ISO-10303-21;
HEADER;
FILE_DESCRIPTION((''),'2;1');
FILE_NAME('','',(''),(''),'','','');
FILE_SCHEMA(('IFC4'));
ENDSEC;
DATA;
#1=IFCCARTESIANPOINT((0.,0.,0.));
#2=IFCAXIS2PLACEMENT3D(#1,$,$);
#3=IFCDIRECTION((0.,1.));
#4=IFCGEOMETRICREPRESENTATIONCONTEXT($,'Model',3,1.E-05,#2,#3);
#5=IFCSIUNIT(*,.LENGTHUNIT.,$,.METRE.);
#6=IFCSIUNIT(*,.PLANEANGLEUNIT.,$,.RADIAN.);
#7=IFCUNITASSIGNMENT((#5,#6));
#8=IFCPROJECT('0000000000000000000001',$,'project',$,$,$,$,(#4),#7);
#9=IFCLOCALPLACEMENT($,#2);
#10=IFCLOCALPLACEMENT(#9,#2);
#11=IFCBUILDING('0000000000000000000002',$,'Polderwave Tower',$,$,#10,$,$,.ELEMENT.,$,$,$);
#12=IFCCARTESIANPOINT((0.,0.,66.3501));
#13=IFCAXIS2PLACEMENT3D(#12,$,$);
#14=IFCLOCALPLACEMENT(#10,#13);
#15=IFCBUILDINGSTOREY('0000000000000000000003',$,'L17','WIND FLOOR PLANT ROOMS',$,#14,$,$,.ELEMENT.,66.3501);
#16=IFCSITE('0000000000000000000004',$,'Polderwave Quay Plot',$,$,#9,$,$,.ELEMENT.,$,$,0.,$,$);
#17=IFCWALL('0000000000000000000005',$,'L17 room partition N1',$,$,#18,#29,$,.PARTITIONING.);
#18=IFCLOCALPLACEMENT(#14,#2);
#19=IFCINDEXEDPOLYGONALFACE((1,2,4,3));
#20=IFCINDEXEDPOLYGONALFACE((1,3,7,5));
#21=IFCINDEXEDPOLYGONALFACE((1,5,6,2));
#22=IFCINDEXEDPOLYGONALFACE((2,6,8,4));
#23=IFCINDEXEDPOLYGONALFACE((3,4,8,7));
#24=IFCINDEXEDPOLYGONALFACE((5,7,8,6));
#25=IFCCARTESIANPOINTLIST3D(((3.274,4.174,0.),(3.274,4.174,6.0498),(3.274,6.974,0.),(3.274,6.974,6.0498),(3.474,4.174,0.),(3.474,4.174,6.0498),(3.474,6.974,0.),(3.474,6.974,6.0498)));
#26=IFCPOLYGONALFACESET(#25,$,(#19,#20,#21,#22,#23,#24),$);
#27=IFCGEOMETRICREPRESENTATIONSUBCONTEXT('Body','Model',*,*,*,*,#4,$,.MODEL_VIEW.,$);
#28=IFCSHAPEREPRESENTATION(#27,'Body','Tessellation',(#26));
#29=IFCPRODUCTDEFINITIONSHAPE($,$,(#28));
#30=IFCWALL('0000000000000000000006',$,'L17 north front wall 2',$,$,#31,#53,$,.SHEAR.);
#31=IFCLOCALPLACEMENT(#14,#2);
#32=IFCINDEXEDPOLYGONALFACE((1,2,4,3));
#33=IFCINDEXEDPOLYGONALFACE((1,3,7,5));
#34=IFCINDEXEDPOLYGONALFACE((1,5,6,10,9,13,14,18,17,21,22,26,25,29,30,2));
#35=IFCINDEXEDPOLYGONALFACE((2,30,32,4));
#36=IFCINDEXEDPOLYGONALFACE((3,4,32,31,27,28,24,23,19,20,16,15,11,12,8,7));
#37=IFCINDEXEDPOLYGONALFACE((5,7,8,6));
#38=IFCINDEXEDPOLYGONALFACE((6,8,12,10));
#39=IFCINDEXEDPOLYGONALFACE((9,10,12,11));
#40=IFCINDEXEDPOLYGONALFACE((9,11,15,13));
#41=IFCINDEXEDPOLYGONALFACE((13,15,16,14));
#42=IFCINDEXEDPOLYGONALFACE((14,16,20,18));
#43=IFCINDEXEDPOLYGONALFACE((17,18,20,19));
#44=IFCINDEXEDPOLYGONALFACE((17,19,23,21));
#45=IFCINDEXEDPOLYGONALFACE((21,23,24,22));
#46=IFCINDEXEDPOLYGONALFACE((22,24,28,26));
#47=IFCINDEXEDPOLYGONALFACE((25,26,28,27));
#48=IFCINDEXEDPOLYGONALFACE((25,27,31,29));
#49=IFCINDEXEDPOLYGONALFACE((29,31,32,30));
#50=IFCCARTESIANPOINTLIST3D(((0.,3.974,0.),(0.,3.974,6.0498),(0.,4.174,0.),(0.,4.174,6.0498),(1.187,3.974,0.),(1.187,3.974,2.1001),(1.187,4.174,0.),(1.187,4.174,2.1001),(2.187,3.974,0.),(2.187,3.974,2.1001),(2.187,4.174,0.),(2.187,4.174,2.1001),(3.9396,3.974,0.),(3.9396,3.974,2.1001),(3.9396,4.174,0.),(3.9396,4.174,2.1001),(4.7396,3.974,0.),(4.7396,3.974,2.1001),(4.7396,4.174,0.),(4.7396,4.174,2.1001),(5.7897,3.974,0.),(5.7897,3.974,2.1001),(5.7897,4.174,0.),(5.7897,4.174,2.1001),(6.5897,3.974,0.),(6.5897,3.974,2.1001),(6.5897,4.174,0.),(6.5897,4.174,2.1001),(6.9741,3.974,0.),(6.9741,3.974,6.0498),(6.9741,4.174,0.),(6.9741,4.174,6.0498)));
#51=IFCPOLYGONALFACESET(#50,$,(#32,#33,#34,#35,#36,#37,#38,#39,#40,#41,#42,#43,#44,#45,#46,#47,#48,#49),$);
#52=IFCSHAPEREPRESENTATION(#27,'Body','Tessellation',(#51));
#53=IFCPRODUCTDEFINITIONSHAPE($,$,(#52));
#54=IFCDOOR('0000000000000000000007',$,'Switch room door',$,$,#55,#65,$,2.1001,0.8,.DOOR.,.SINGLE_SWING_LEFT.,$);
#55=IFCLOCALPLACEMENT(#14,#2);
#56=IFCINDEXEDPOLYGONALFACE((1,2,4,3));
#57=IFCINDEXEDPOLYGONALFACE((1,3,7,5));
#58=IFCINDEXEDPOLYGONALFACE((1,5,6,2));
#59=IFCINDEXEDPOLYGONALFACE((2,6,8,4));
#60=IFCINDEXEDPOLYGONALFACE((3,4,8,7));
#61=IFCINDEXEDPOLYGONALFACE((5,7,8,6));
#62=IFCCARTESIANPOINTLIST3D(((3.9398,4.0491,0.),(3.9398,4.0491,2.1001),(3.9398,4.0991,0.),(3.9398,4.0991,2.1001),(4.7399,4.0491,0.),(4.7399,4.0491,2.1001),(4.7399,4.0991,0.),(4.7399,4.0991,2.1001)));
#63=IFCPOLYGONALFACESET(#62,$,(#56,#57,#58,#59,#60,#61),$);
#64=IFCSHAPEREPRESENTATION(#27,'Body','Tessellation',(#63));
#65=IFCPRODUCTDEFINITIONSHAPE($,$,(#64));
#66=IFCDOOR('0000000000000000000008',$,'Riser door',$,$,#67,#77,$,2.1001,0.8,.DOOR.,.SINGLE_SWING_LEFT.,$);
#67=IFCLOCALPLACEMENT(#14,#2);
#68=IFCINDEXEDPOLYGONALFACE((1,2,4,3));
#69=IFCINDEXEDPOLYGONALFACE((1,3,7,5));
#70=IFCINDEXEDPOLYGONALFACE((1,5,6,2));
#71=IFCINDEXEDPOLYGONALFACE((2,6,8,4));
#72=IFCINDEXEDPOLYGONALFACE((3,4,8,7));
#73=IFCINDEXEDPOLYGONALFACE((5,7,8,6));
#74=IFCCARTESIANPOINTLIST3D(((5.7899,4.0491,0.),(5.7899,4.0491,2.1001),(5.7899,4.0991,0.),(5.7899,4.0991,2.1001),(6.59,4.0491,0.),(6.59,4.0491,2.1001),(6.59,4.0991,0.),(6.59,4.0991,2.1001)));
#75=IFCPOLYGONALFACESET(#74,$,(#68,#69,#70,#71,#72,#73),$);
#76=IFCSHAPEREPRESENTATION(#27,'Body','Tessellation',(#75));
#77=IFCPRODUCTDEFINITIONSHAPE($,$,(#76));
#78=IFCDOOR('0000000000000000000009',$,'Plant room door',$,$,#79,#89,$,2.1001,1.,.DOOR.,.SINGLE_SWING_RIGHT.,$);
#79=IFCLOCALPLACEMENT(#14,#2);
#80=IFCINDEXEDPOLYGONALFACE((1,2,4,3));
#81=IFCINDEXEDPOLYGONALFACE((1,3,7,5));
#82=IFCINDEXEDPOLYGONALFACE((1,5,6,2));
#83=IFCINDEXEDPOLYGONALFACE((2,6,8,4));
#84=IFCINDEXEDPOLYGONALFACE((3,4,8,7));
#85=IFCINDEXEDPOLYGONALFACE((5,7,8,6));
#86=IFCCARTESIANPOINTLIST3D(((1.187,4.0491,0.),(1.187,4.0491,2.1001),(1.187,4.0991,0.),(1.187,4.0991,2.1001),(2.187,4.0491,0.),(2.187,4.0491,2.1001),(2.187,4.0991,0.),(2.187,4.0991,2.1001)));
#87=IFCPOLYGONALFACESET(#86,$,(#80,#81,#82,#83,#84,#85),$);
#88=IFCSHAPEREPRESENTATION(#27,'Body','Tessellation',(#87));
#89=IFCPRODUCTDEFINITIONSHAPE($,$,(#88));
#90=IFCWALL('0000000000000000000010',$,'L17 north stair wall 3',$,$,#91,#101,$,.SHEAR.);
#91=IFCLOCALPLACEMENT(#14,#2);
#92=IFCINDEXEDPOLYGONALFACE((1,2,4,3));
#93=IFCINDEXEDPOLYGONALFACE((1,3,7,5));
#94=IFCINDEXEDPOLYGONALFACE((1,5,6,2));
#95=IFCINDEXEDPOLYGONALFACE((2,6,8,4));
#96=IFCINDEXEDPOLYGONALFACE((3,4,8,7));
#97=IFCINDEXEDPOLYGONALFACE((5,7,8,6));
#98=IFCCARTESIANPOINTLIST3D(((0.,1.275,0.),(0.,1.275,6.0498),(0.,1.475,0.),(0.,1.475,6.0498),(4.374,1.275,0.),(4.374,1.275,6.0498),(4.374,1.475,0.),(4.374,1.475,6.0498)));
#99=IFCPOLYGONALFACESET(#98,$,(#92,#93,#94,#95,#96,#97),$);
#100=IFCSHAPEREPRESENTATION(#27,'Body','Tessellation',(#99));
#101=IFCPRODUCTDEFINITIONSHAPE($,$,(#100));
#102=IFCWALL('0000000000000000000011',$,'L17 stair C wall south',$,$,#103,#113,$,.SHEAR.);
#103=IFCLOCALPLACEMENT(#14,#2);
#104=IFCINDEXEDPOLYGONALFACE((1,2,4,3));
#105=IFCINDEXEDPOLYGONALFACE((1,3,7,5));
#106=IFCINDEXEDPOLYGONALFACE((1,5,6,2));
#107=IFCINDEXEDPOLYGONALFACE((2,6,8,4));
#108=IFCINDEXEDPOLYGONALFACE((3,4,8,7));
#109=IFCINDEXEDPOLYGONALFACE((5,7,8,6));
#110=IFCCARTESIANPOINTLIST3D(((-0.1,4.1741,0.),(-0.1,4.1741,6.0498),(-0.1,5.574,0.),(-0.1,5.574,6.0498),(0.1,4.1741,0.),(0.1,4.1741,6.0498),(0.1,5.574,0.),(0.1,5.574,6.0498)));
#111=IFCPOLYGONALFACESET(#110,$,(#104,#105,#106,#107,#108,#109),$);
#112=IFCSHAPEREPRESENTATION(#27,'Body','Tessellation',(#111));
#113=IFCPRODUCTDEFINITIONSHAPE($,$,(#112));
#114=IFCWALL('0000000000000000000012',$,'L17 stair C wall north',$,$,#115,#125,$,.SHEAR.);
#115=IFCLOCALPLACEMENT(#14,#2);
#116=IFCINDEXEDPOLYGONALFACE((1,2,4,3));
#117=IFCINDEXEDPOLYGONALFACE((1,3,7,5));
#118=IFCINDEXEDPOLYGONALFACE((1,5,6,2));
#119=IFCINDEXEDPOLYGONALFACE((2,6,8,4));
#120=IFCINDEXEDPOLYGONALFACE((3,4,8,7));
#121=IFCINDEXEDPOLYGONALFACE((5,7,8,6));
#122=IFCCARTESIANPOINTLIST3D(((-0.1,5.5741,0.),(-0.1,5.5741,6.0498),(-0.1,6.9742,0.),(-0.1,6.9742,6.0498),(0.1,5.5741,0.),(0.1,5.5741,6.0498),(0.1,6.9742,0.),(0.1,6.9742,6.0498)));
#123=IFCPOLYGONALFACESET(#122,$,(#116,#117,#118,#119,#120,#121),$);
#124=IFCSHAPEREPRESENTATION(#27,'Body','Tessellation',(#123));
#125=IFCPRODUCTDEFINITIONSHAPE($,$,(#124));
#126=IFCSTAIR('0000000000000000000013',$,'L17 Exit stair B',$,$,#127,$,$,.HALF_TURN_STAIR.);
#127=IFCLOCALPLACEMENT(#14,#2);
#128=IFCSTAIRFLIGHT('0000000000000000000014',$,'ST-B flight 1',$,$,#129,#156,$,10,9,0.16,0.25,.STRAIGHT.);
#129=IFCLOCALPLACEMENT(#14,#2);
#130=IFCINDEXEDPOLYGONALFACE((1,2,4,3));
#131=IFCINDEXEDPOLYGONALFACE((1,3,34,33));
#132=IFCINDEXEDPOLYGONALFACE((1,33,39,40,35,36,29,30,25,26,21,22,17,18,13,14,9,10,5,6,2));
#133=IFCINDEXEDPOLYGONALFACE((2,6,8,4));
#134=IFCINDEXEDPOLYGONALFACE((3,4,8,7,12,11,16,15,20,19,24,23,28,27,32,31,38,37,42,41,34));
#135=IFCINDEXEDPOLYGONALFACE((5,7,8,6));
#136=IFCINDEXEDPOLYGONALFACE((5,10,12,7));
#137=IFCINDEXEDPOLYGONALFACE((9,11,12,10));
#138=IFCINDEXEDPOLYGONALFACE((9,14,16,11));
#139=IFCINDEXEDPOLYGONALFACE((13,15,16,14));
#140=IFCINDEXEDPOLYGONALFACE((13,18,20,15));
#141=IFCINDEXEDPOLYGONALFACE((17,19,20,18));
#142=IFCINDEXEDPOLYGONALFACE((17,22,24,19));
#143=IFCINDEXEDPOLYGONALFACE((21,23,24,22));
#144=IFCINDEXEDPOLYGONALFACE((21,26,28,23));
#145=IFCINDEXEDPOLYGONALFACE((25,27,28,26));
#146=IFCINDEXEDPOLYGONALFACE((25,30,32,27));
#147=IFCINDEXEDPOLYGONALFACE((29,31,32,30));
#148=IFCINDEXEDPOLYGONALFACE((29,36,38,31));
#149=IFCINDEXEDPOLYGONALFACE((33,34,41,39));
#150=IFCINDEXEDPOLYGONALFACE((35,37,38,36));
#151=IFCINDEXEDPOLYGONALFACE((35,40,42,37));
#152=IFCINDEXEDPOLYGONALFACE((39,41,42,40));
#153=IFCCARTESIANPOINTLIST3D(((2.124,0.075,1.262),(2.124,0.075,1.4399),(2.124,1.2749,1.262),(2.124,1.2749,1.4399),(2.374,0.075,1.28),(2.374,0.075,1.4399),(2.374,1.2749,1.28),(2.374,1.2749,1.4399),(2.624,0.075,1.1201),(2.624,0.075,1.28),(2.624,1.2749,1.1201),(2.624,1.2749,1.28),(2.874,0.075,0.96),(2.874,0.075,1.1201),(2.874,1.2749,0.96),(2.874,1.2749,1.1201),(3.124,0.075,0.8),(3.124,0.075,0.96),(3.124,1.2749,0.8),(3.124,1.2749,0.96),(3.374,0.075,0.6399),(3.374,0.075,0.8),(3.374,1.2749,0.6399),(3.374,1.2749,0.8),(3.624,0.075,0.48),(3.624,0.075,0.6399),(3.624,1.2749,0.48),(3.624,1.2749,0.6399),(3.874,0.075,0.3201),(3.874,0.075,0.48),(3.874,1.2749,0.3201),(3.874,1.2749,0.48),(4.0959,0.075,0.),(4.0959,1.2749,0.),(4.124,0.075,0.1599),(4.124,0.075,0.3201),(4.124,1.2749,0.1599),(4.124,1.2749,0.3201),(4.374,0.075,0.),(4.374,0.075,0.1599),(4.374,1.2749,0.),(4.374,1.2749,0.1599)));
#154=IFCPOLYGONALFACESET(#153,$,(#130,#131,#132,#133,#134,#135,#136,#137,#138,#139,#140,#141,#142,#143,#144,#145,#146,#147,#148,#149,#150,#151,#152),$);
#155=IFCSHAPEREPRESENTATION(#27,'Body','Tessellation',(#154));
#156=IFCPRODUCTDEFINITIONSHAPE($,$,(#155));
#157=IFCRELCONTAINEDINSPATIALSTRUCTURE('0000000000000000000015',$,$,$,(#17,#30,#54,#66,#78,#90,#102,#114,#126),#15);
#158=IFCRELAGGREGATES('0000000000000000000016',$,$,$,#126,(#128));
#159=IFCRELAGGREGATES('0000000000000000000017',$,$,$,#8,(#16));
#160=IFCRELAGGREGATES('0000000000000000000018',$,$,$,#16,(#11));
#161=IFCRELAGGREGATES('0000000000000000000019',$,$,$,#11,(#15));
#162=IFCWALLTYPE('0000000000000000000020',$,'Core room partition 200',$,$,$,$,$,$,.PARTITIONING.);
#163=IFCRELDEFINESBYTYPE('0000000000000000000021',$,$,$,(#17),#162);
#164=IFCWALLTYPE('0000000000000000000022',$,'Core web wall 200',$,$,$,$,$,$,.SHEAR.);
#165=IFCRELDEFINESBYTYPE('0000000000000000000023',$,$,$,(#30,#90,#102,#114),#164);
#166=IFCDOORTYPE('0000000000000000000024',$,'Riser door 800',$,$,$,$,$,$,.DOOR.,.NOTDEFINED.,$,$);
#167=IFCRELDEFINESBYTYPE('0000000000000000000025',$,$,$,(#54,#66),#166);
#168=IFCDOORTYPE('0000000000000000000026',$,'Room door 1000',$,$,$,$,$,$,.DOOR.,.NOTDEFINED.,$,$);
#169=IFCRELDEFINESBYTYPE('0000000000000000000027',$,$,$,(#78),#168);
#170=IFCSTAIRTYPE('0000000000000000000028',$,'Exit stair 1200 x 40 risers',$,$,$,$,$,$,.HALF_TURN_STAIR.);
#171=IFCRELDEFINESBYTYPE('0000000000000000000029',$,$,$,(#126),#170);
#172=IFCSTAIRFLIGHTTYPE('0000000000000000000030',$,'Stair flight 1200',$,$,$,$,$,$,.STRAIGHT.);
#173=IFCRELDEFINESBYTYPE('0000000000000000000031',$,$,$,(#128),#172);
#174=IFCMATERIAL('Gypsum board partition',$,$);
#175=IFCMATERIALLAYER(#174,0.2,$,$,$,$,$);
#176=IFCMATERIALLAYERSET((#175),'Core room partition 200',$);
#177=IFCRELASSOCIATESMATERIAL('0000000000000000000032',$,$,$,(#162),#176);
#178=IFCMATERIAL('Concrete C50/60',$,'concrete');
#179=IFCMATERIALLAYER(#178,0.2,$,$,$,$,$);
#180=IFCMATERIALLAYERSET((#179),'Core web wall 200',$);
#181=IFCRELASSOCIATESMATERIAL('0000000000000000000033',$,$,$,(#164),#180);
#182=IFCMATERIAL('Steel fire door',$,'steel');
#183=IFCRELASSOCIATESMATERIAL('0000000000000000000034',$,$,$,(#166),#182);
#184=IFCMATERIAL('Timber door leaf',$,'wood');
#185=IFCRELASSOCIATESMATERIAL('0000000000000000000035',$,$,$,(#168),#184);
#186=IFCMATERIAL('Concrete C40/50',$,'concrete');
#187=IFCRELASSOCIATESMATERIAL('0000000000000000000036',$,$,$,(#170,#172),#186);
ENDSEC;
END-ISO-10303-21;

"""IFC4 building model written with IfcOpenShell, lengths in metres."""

from ifc_helpers import new_model, si_unit, direction, frame, frame_2d, origin, place, context, subcontext, project, spatial, polyline, rectangle, outline, extrude, material, layer, layer_set, type_object, element, fill, aggregate, save


model = new_model("IFC4")

# Units and contexts
model_context = context("Model", 3, precision=1e-05, world=origin(), true_north=direction((0.0, 1.0)))
body_context = subcontext(model_context, "Body", "Model", "MODEL_VIEW")
ifc_project = project(units=[si_unit("LENGTHUNIT", "METRE"), si_unit("PLANEANGLEUNIT", "RADIAN")], contexts=[model_context])

# Site, building, storey
site_placement = place(None, origin())
site = spatial("IfcSite", under=ifc_project, at=site_placement, Name="Polderwave Quay Plot", CompositionType="ELEMENT", RefElevation=0.0)
building_placement = place(site_placement, origin())
building = spatial("IfcBuilding", under=site, at=building_placement, Name="Polderwave Tower", CompositionType="ELEMENT")
storey_placement = place(building_placement, frame((0.0, 0.0, 66.3501)))
storey = spatial("IfcBuildingStorey", under=building, at=storey_placement, Name="L17", Description="WIND FLOOR PLANT ROOMS", CompositionType="ELEMENT", Elevation=66.3501)

# Wall
ifc_material_1 = material(Name="Gypsum board partition")
ifc_layer_1 = layer(ifc_material_1, 0.2)
ifc_layer_set_1 = layer_set([ifc_layer_1], Name="Core room partition 200")
wall_type_1 = type_object("IfcWallType", Name="Core room partition 200", PredefinedType="PARTITIONING", material=ifc_layer_set_1)
wall_1_placement = place(storey_placement, frame((3.374, 4.1741, 0.0), z_axis=(0.0, 0.0, 1.0), x_axis=(0.0, 1.0, 0.0)))
element("IfcWall", 1, at=wall_1_placement, inside=storey, type_object=wall_type_1, Name="L17 room partition N1", PredefinedType="PARTITIONING", context=body_context, shape_type="SweptSolid", body=[
    extrude(rectangle(XDim=2.8, YDim=0.2, at=frame_2d((1.3999, 0.0))), origin(), (0.0, 0.0, 1.0), 6.0498),
])

# Wall, openings, doors
ifc_material_2 = material(Name="Concrete C50/60", Category="concrete")
ifc_layer_2 = layer(ifc_material_2, 0.2)
ifc_layer_set_2 = layer_set([ifc_layer_2], Name="Core web wall 200")
wall_type_2 = type_object("IfcWallType", Name="Core web wall 200", PredefinedType="SHEAR", material=ifc_layer_set_2)
wall_2_placement = place(storey_placement, frame((0.0, 4.074, 0.0), z_axis=(0.0, 0.0, 1.0), x_axis=(1.0, 0.0, 0.0)))
wall_2 = element("IfcWall", 2, at=wall_2_placement, inside=storey, type_object=wall_type_2, Name="L17 north front wall 2", PredefinedType="SHEAR", context=body_context, shape_type="SweptSolid", body=[
    extrude(rectangle(XDim=6.9741, YDim=0.2, at=frame_2d((3.4871, 0.0))), origin(), (0.0, 0.0, 1.0), 6.0498),
])
opening_1_placement = place(wall_2_placement, frame((1.187, 0.0, 0.0)))
opening_1 = element("IfcOpeningElement", 3, at=opening_1_placement, cuts=wall_2, PredefinedType="OPENING", context=body_context, shape_type="SweptSolid", body=[
    extrude(rectangle(XDim=1.0, YDim=2.1001, at=frame_2d((0.5, 1.05))), frame((0.0, 0.1099, 0.0), z_axis=(0.0, -1.0, 0.0), x_axis=(1.0, 0.0, 0.0)), (0.0, 0.0, 1.0), 0.22),
])
opening_2_placement = place(wall_2_placement, frame((3.9397, 0.0, 0.0)))
opening_2 = element("IfcOpeningElement", 4, at=opening_2_placement, cuts=wall_2, PredefinedType="OPENING", context=body_context, shape_type="SweptSolid", body=[
    extrude(rectangle(XDim=0.8, YDim=2.1001, at=frame_2d((0.3999, 1.05))), frame((0.0, 0.1099, 0.0), z_axis=(0.0, -1.0, 0.0), x_axis=(1.0, 0.0, 0.0)), (0.0, 0.0, 1.0), 0.22),
])
opening_3_placement = place(wall_2_placement, frame((5.7898, 0.0, 0.0)))
opening_3 = element("IfcOpeningElement", 5, at=opening_3_placement, cuts=wall_2, PredefinedType="OPENING", context=body_context, shape_type="SweptSolid", body=[
    extrude(rectangle(XDim=0.8, YDim=2.1001, at=frame_2d((0.3999, 1.05))), frame((0.0, 0.1099, 0.0), z_axis=(0.0, -1.0, 0.0), x_axis=(1.0, 0.0, 0.0)), (0.0, 0.0, 1.0), 0.22),
])
ifc_material_3 = material(Name="Steel fire door", Category="steel")
door_type_1 = type_object("IfcDoorType", Name="Riser door 800", OperationType="NOTDEFINED", PredefinedType="DOOR", material=ifc_material_3)
door_1_placement = place(opening_2_placement, frame((0.8, 0.0, 0.0), z_axis=(0.0, 0.0, 1.0), x_axis=(-1.0, 0.0, 0.0)))
door_1 = element("IfcDoor", 6, at=door_1_placement, inside=storey, type_object=door_type_1, Name="Switch room door", OperationType="SINGLE_SWING_LEFT", OverallHeight=2.1001, OverallWidth=0.8, PredefinedType="DOOR", context=body_context, shape_type="SweptSolid", body=[
    extrude(rectangle(XDim=0.8, YDim=2.1001, at=frame_2d((0.3999, 1.05))), frame((0.0, 0.0249, 0.0), z_axis=(0.0, -1.0, 0.0), x_axis=(1.0, 0.0, 0.0)), (0.0, 0.0, 1.0), 0.05),
])
fill(opening_2, door_1)
door_2_placement = place(opening_3_placement, frame((0.8, 0.0, 0.0), z_axis=(0.0, 0.0, 1.0), x_axis=(-1.0, 0.0, 0.0)))
door_2 = element("IfcDoor", 7, at=door_2_placement, inside=storey, type_object=door_type_1, Name="Riser door", OperationType="SINGLE_SWING_LEFT", OverallHeight=2.1001, OverallWidth=0.8, PredefinedType="DOOR", context=body_context, shape_type="SweptSolid", body=[
    extrude(rectangle(XDim=0.8, YDim=2.1001, at=frame_2d((0.3999, 1.05))), frame((0.0, 0.0249, 0.0), z_axis=(0.0, -1.0, 0.0), x_axis=(1.0, 0.0, 0.0)), (0.0, 0.0, 1.0), 0.05),
])
fill(opening_3, door_2)
ifc_material_4 = material(Name="Timber door leaf", Category="wood")
door_type_2 = type_object("IfcDoorType", Name="Room door 1000", OperationType="NOTDEFINED", PredefinedType="DOOR", material=ifc_material_4)
door_3_placement = place(opening_1_placement, frame((1.0, 0.0, 0.0), z_axis=(0.0, 0.0, 1.0), x_axis=(-1.0, 0.0, 0.0)))
door_3 = element("IfcDoor", 8, at=door_3_placement, inside=storey, type_object=door_type_2, Name="Plant room door", OperationType="SINGLE_SWING_RIGHT", OverallHeight=2.1001, OverallWidth=1.0, PredefinedType="DOOR", context=body_context, shape_type="SweptSolid", body=[
    extrude(rectangle(XDim=1.0, YDim=2.1001, at=frame_2d((0.5, 1.05))), frame((0.0, 0.0249, 0.0), z_axis=(0.0, -1.0, 0.0), x_axis=(1.0, 0.0, 0.0)), (0.0, 0.0, 1.0), 0.05),
])
fill(opening_1, door_3)

# Walls
wall_3_placement = place(storey_placement, frame((0.0, 1.375, 0.0), z_axis=(0.0, 0.0, 1.0), x_axis=(1.0, 0.0, 0.0)))
element("IfcWall", 9, at=wall_3_placement, inside=storey, type_object=wall_type_2, Name="L17 north stair wall 3", PredefinedType="SHEAR", context=body_context, shape_type="SweptSolid", body=[
    extrude(rectangle(XDim=4.374, YDim=0.2, at=frame_2d((2.187, 0.0))), origin(), (0.0, 0.0, 1.0), 6.0498),
])
wall_4_placement = place(storey_placement, frame((0.0, 4.1741, 0.0), z_axis=(0.0, 0.0, 1.0), x_axis=(0.0, 1.0, 0.0)))
element("IfcWall", 10, at=wall_4_placement, inside=storey, type_object=wall_type_2, Name="L17 stair C wall south", PredefinedType="SHEAR", context=body_context, shape_type="SweptSolid", body=[
    extrude(rectangle(XDim=1.3999, YDim=0.2, at=frame_2d((0.7, 0.0))), origin(), (0.0, 0.0, 1.0), 6.0498),
])
wall_5_placement = place(storey_placement, frame((0.0, 5.574, 0.0), z_axis=(0.0, 0.0, 1.0), x_axis=(0.0, 1.0, 0.0)))
element("IfcWall", 11, at=wall_5_placement, inside=storey, type_object=wall_type_2, Name="L17 stair C wall north", PredefinedType="SHEAR", context=body_context, shape_type="SweptSolid", body=[
    extrude(rectangle(XDim=1.4001, YDim=0.2, at=frame_2d((0.7002, 0.0))), origin(), (0.0, 0.0, 1.0), 6.0498),
])

# Stair, stair flight
ifc_material_5 = material(Name="Concrete C40/50", Category="concrete")
stair_type = type_object("IfcStairType", Name="Exit stair 1200 x 40 risers", PredefinedType="HALF_TURN_STAIR", material=ifc_material_5)
stair_placement = place(storey_placement, origin())
stair = element("IfcStair", 12, at=stair_placement, inside=storey, type_object=stair_type, Name="L17 Exit stair B", PredefinedType="HALF_TURN_STAIR")
stair_flight_type = type_object("IfcStairFlightType", Name="Stair flight 1200", PredefinedType="STRAIGHT", material=ifc_material_5)
stair_flight_1_placement = place(storey_placement, frame((4.374, 0.675, 0.0), z_axis=(0.0, 0.0, 1.0), x_axis=(-1.0, 0.0, 0.0)))
stair_flight_1 = element("IfcStairFlight", 13, at=stair_flight_1_placement, type_object=stair_flight_type, Name="ST-B flight 1", NumberOfRisers=10, NumberOfTreads=9, PredefinedType="STRAIGHT", RiserHeight=0.16, TreadLength=0.25, context=body_context, shape_type="SweptSolid", body=[
    extrude(outline(polyline([(0.0, 0.0), (0.0, 0.1599), (0.25, 0.1599), (0.25, 0.3201), (0.5, 0.3201), (0.5, 0.48), (0.75, 0.48), (0.75, 0.6399), (1.0, 0.6399), (1.0, 0.8), (1.25, 0.8), (1.25, 0.96), (1.5, 0.96), (1.5, 1.1201), (1.75, 1.1201), (1.75, 1.28), (2.0, 1.28), (2.0, 1.4399), (2.25, 1.4399), (2.25, 1.6001), (2.25, 1.262), (0.2781, 0.0), (0.0, 0.0)])), frame((0.0, 0.6001, 0.0), z_axis=(0.0, -1.0, 0.0), x_axis=(1.0, 0.0, 0.0)), (0.0, 0.0, 1.0), 1.2),
])
aggregate(stair, [stair_flight_1])

save(model, "model.ifc")
